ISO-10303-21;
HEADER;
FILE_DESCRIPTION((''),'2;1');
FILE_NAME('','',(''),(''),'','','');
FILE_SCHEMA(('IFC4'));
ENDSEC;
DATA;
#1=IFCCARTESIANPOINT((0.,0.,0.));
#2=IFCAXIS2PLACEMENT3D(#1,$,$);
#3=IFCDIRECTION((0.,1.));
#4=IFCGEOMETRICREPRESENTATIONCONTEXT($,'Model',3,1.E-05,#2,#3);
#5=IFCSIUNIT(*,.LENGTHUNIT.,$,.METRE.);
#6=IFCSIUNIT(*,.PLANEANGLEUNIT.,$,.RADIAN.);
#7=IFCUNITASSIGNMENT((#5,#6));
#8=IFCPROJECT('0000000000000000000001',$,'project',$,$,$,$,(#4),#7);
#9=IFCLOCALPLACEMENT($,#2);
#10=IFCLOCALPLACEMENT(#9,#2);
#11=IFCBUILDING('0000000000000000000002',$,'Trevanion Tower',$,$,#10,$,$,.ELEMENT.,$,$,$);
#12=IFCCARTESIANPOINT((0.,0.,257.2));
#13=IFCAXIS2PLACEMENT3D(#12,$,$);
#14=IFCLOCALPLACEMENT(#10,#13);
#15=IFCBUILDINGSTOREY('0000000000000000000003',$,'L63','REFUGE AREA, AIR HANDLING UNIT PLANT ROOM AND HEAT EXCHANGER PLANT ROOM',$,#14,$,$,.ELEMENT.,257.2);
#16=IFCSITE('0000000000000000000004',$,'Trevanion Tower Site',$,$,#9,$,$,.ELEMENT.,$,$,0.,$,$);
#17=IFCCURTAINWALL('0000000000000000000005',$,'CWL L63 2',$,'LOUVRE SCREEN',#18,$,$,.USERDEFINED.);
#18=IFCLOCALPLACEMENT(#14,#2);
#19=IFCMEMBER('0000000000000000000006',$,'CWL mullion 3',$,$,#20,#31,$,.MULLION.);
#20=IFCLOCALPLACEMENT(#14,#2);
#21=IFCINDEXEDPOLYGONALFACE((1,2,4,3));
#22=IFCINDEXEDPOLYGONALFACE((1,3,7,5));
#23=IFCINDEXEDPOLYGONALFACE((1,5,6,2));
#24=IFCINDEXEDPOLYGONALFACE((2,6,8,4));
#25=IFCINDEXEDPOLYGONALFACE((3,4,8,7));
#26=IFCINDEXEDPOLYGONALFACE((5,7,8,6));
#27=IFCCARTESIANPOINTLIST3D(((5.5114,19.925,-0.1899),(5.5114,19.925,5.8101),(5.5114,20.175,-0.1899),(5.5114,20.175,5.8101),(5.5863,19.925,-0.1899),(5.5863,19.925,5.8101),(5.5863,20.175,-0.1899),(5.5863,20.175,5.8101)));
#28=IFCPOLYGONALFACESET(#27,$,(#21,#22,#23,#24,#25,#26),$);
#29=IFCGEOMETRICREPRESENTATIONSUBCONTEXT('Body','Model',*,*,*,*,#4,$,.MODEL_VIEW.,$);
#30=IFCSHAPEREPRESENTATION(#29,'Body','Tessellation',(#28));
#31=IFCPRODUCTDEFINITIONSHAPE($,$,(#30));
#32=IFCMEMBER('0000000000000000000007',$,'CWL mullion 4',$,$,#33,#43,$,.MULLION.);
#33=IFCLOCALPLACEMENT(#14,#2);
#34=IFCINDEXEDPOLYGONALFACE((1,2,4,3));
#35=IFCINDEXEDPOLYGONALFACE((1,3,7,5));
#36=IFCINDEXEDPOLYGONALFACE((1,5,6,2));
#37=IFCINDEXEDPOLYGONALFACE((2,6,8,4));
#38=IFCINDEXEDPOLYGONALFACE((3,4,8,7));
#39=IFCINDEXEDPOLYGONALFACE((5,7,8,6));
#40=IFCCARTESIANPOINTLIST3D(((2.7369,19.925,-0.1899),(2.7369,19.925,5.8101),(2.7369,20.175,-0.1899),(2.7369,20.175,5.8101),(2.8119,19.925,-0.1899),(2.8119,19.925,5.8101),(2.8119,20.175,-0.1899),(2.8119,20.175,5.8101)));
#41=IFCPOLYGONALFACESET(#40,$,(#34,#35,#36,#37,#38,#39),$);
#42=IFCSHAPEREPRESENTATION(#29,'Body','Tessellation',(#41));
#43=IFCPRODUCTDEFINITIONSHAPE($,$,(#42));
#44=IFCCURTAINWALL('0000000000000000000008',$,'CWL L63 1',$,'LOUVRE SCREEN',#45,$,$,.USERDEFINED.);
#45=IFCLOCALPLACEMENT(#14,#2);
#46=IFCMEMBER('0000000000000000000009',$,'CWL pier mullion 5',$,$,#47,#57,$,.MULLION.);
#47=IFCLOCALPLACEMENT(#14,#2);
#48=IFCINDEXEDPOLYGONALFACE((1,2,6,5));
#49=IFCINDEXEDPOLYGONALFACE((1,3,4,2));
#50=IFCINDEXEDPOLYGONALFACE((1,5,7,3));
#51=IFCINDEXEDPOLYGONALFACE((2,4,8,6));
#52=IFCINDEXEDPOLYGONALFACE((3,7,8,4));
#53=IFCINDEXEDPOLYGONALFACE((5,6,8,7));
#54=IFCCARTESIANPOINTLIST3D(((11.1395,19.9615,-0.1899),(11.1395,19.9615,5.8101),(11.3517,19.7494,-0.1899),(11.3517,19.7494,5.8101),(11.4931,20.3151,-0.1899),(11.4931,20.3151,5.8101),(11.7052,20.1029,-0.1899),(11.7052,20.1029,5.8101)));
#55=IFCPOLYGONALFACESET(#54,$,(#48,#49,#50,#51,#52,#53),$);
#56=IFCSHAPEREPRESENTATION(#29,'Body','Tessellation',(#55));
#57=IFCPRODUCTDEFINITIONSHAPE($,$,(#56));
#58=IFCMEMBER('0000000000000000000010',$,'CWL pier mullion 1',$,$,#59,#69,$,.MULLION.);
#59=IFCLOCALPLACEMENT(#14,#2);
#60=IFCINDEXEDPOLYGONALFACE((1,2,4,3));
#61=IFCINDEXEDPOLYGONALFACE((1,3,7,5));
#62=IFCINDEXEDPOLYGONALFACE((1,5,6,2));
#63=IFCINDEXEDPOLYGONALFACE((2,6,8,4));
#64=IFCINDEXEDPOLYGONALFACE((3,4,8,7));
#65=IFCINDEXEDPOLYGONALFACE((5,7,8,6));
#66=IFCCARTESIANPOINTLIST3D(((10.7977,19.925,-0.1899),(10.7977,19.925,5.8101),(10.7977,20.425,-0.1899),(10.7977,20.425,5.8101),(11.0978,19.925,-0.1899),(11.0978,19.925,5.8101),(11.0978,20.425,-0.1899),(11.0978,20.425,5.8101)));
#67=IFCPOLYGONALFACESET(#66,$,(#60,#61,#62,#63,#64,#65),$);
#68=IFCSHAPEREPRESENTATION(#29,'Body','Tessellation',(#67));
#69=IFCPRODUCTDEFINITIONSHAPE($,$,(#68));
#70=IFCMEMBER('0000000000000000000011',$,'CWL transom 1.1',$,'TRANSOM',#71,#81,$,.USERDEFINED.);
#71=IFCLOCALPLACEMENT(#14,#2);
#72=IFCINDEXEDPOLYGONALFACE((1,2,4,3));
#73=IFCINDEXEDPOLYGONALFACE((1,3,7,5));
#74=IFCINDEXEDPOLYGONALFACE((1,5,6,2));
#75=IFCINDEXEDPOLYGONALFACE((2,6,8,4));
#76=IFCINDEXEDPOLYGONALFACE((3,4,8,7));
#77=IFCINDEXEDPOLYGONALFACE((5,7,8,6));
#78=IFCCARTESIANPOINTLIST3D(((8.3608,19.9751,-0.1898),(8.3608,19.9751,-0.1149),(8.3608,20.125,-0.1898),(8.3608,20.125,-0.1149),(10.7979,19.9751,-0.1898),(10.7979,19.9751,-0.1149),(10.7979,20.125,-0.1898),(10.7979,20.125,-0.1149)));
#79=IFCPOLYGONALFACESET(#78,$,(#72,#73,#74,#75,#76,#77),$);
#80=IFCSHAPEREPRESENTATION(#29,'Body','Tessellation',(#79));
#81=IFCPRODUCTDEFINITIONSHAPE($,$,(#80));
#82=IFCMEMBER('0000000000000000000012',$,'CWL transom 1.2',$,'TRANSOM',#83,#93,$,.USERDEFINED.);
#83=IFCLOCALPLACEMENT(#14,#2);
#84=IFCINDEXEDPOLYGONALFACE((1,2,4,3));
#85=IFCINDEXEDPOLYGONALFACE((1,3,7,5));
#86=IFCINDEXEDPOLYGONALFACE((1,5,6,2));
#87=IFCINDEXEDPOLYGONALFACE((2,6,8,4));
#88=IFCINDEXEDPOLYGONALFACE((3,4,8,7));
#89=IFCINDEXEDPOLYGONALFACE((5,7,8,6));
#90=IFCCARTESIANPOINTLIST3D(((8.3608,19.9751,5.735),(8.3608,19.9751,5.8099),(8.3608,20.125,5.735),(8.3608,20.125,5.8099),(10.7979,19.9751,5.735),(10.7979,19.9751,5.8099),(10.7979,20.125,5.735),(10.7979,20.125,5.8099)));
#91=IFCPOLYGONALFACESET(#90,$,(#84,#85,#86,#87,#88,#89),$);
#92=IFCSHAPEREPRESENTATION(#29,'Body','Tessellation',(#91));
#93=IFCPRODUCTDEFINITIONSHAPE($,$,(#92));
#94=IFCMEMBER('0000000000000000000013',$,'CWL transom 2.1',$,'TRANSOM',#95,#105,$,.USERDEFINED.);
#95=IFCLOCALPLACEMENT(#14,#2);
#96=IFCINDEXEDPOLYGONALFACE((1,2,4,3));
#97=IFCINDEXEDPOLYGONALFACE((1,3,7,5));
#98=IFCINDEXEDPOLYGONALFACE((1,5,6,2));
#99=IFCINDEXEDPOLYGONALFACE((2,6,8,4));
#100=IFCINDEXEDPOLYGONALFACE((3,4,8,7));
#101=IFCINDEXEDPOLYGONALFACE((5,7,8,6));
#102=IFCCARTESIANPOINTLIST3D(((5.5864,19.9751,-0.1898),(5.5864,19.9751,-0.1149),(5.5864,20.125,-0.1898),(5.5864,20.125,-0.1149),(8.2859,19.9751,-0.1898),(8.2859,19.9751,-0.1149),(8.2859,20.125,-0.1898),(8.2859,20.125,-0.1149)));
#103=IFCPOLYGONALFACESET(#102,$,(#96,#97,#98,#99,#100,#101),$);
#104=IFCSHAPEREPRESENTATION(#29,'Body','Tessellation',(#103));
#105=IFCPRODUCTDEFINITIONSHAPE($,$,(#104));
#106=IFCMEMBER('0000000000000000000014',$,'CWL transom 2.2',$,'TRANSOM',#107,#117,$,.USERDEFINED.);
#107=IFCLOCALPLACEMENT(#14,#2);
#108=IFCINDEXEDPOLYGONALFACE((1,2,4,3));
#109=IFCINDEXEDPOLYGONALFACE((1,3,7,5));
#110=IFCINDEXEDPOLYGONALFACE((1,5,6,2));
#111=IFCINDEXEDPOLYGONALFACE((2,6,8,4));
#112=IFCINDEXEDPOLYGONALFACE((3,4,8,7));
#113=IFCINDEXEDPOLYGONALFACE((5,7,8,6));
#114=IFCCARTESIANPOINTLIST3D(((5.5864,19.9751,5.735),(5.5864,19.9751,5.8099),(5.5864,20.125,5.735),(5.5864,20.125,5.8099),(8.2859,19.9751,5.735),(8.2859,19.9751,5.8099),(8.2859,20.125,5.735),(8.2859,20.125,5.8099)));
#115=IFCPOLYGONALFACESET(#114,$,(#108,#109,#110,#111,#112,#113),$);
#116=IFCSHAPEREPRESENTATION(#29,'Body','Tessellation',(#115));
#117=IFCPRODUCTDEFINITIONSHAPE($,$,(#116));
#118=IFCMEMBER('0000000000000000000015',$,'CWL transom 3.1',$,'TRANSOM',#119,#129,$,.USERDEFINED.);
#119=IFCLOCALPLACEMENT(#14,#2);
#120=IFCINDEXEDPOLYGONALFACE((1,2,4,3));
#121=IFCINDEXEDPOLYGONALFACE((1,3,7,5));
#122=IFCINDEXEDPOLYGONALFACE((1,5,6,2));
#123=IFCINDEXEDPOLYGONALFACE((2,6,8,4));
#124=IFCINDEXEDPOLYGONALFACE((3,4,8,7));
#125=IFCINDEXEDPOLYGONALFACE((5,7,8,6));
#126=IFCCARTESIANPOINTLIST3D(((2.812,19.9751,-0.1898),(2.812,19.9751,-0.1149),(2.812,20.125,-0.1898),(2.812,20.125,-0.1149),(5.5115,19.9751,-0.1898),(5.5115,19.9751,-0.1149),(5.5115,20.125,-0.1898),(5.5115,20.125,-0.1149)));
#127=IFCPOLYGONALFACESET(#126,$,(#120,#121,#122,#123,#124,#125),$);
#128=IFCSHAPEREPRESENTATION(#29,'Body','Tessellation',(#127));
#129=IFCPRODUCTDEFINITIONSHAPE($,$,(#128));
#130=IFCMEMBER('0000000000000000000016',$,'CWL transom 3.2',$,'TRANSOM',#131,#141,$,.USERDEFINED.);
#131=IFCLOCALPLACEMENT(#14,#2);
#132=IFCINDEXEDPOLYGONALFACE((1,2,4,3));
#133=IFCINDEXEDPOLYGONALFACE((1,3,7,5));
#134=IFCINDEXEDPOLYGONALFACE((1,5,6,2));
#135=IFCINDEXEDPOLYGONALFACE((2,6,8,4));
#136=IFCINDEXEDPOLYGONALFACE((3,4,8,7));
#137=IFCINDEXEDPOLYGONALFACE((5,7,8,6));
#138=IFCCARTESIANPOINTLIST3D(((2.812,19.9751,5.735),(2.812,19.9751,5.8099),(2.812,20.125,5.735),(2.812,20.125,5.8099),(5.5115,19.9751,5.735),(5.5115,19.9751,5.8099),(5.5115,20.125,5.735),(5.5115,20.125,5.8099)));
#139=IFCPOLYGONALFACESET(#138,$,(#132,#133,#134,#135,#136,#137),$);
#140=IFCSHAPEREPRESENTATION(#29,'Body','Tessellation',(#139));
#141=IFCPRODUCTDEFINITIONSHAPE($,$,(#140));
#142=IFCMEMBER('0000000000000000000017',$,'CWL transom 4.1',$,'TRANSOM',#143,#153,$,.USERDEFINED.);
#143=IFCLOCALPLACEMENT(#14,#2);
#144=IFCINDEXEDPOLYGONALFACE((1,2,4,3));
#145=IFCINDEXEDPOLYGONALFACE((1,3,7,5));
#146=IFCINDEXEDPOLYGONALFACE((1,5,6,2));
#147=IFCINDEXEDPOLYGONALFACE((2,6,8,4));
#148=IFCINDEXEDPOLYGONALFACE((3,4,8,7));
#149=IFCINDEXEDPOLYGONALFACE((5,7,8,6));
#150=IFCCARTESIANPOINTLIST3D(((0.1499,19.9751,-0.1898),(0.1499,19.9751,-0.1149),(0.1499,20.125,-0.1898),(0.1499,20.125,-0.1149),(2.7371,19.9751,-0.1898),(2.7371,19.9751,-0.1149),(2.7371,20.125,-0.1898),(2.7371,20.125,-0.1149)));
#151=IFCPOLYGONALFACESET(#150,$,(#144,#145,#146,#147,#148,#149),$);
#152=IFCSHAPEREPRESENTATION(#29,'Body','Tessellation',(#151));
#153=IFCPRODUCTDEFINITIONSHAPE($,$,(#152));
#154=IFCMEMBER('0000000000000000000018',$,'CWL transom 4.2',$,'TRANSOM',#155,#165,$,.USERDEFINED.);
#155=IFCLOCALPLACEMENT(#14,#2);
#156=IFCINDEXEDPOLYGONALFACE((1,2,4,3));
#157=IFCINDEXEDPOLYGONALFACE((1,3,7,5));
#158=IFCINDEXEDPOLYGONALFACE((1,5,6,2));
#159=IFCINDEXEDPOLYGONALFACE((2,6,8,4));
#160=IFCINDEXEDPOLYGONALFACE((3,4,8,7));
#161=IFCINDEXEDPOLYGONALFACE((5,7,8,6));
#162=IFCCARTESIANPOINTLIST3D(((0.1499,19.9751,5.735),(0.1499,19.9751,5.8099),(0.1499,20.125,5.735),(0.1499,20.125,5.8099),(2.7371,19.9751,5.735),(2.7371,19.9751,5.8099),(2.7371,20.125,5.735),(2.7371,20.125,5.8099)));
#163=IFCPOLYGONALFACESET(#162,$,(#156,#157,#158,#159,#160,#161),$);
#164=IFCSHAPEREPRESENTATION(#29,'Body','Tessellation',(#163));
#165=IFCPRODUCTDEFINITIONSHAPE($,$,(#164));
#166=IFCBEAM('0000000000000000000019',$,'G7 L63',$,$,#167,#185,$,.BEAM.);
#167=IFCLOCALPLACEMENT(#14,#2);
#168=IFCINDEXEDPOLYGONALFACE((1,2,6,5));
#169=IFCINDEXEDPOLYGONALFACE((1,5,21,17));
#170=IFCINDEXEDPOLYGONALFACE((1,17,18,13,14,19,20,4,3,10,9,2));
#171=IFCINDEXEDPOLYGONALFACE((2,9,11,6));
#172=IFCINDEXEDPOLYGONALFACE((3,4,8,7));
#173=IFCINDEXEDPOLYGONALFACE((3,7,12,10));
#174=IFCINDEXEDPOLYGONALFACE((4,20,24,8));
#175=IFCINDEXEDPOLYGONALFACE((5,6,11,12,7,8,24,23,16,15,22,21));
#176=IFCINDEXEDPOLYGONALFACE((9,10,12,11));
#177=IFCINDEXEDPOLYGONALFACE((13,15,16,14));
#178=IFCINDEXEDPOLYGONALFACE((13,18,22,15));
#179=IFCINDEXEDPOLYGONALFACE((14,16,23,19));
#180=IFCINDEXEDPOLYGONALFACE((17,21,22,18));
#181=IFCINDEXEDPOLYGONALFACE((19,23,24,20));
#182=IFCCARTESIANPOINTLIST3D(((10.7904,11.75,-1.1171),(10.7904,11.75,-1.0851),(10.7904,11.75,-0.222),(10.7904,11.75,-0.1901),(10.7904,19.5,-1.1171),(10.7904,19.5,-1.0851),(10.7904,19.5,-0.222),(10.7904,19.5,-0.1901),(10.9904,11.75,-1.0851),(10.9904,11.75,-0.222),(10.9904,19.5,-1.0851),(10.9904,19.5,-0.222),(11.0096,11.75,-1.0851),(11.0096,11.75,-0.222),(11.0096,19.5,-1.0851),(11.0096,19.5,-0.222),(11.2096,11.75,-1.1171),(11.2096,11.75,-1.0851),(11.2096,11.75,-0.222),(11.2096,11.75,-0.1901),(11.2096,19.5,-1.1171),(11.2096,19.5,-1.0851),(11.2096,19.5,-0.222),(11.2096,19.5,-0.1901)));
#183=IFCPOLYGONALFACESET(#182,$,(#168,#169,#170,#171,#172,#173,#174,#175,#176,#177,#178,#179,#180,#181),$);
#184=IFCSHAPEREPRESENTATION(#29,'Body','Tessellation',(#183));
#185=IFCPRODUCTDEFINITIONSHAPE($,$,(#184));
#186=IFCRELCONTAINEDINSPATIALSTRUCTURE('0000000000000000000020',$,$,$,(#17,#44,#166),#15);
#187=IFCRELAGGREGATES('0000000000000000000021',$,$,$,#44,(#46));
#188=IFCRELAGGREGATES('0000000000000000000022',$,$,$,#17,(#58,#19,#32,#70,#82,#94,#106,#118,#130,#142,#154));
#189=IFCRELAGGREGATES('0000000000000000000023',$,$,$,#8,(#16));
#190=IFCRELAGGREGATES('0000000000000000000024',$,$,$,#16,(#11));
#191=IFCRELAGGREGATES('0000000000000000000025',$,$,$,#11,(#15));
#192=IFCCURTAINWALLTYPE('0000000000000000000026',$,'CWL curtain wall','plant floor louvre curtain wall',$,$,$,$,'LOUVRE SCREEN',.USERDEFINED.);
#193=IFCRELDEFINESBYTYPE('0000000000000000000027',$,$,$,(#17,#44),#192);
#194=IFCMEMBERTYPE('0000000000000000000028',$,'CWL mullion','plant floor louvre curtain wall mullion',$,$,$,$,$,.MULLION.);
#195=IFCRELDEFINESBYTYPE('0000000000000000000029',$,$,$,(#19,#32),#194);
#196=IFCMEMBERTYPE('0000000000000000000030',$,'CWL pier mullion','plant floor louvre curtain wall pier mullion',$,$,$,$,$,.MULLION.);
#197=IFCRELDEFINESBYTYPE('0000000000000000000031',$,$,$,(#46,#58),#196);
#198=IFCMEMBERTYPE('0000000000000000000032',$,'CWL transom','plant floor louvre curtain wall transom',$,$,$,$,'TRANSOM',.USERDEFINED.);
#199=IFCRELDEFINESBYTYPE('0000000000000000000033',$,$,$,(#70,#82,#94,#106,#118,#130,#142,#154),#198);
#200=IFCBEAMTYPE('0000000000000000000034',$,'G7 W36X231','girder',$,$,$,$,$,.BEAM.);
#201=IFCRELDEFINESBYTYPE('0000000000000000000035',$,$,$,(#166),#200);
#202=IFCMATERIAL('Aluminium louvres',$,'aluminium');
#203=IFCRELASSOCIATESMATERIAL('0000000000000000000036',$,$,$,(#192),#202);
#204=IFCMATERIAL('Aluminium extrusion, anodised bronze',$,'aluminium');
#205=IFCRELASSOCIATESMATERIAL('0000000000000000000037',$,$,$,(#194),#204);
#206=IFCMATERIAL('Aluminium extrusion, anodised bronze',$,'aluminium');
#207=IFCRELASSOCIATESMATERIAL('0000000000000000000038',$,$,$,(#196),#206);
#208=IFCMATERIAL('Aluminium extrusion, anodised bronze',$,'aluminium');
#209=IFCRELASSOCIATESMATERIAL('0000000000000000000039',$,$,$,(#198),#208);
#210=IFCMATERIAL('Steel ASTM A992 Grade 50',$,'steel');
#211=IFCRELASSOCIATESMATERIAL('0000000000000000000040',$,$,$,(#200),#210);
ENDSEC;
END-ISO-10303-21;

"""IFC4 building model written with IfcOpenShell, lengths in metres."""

from ifc_helpers import new_model, si_unit, direction, frame, origin, origin_2d, place, context, subcontext, project, spatial, rectangle, i_section, extrude, material, material_profile, profile_set, type_object, element, aggregate, save


model = new_model("IFC4")

# Units and contexts
model_context = context("Model", 3, precision=1e-05, world=origin(), true_north=direction((0.0, 1.0)))
body_context = subcontext(model_context, "Body", "Model", "MODEL_VIEW")
ifc_project = project(units=[si_unit("LENGTHUNIT", "METRE"), si_unit("PLANEANGLEUNIT", "RADIAN")], contexts=[model_context])

# Site, building, storey
site_placement = place(None, origin())
site = spatial("IfcSite", under=ifc_project, at=site_placement, Name="Trevanion Tower Site", CompositionType="ELEMENT", RefElevation=0.0)
building_placement = place(site_placement, origin())
building = spatial("IfcBuilding", under=site, at=building_placement, Name="Trevanion Tower", CompositionType="ELEMENT")
storey_placement = place(building_placement, frame((0.0, 0.0, 257.2)))
storey = spatial("IfcBuildingStorey", under=building, at=storey_placement, Name="L63", Description="REFUGE AREA, AIR HANDLING UNIT PLANT ROOM AND HEAT EXCHANGER PLANT ROOM", CompositionType="ELEMENT", Elevation=257.2)

# Curtain wall, members
ifc_material_1 = material(Name="Aluminium louvres", Category="aluminium")
curtain_wall_type = type_object("IfcCurtainWallType", Name="CWL curtain wall", Description="plant floor louvre curtain wall", ElementType="LOUVRE SCREEN", PredefinedType="USERDEFINED", material=ifc_material_1)
curtain_wall_1_placement = place(storey_placement, origin())
curtain_wall_1 = element("IfcCurtainWall", 1, at=curtain_wall_1_placement, inside=storey, type_object=curtain_wall_type, Name="CWL L63 2", ObjectType="LOUVRE SCREEN", PredefinedType="USERDEFINED")
ifc_material_2 = material(Name="Aluminium extrusion, anodised bronze", Category="aluminium")
ifc_material_profile_1 = material_profile(ifc_material_2, rectangle(XDim=0.075, YDim=0.25, at=origin_2d()), Name="CWL mullion")
ifc_profile_set_1 = profile_set([ifc_material_profile_1], Name="Aluminium extrusion, anodised bronze")
member_type_1 = type_object("IfcMemberType", Name="CWL mullion", Description="plant floor louvre curtain wall mullion", PredefinedType="MULLION", material=ifc_profile_set_1)
member_1_placement = place(storey_placement, frame((5.5488, 20.05, -0.1899), z_axis=(0.0, 0.0, 1.0), x_axis=(-1.0, 0.0, 0.0)))
member_1 = element("IfcMember", 2, at=member_1_placement, type_object=member_type_1, Name="CWL mullion 3", PredefinedType="MULLION", context=body_context, shape_type="SweptSolid", body=[
    extrude(rectangle(XDim=0.075, YDim=0.25, at=origin_2d()), origin(), (0.0, 0.0, 1.0), 6.0),
])
member_2_placement = place(storey_placement, frame((2.7744, 20.05, -0.1899), z_axis=(0.0, 0.0, 1.0), x_axis=(-1.0, 0.0, 0.0)))
member_2 = element("IfcMember", 3, at=member_2_placement, type_object=member_type_1, Name="CWL mullion 4", PredefinedType="MULLION", context=body_context, shape_type="SweptSolid", body=[
    extrude(rectangle(XDim=0.075, YDim=0.25, at=origin_2d()), origin(), (0.0, 0.0, 1.0), 6.0),
])

# Curtain wall, member
curtain_wall_2_placement = place(storey_placement, origin())
curtain_wall_2 = element("IfcCurtainWall", 4, at=curtain_wall_2_placement, inside=storey, type_object=curtain_wall_type, Name="CWL L63 1", ObjectType="LOUVRE SCREEN", PredefinedType="USERDEFINED")
ifc_material_3 = material(Name="Aluminium extrusion, anodised bronze", Category="aluminium")
ifc_material_profile_2 = material_profile(ifc_material_3, rectangle(XDim=0.3, YDim=0.5, at=origin_2d()), Name="CWL pier mullion")
ifc_profile_set_2 = profile_set([ifc_material_profile_2], Name="Aluminium extrusion, anodised bronze")
member_type_2 = type_object("IfcMemberType", Name="CWL pier mullion", Description="plant floor louvre curtain wall pier mullion", PredefinedType="MULLION", material=ifc_profile_set_2)
member_3_placement = place(storey_placement, frame((11.4224, 20.0322, -0.1899), z_axis=(0.0, 0.0, 1.0), x_axis=(-0.707107, 0.707107, 0.0)))
member_3 = element("IfcMember", 5, at=member_3_placement, type_object=member_type_2, Name="CWL pier mullion 5", PredefinedType="MULLION", context=body_context, shape_type="SweptSolid", body=[
    extrude(rectangle(XDim=0.3, YDim=0.5, at=origin_2d()), origin(), (0.0, 0.0, 1.0), 6.0),
])
aggregate(curtain_wall_2, [member_3])

# Members
member_4_placement = place(storey_placement, frame((10.9478, 20.175, -0.1899), z_axis=(0.0, 0.0, 1.0), x_axis=(-1.0, 0.0, 0.0)))
member_4 = element("IfcMember", 6, at=member_4_placement, type_object=member_type_2, Name="CWL pier mullion 1", PredefinedType="MULLION", context=body_context, shape_type="SweptSolid", body=[
    extrude(rectangle(XDim=0.3, YDim=0.5, at=origin_2d()), origin(), (0.0, 0.0, 1.0), 6.0),
])
ifc_material_4 = material(Name="Aluminium extrusion, anodised bronze", Category="aluminium")
ifc_material_profile_3 = material_profile(ifc_material_4, rectangle(XDim=0.1499, YDim=0.075, at=origin_2d()), Name="CWL transom")
ifc_profile_set_3 = profile_set([ifc_material_profile_3], Name="Aluminium extrusion, anodised bronze")
member_type_3 = type_object("IfcMemberType", Name="CWL transom", Description="plant floor louvre curtain wall transom", ElementType="TRANSOM", PredefinedType="USERDEFINED", material=ifc_profile_set_3)
member_5_placement = place(storey_placement, frame((10.7979, 20.05, -0.1523), z_axis=(-1.0, 0.0, 0.0), x_axis=(0.0, -1.0, 0.0)))
member_5 = element("IfcMember", 7, at=member_5_placement, type_object=member_type_3, Name="CWL transom 1.1", ObjectType="TRANSOM", PredefinedType="USERDEFINED", context=body_context, shape_type="SweptSolid", body=[
    extrude(rectangle(XDim=0.1499, YDim=0.075, at=origin_2d()), origin(), (0.0, 0.0, 1.0), 2.437),
])
member_6_placement = place(storey_placement, frame((10.7979, 20.05, 5.7725), z_axis=(-1.0, 0.0, 0.0), x_axis=(0.0, -1.0, 0.0)))
member_6 = element("IfcMember", 8, at=member_6_placement, type_object=member_type_3, Name="CWL transom 1.2", ObjectType="TRANSOM", PredefinedType="USERDEFINED", context=body_context, shape_type="SweptSolid", body=[
    extrude(rectangle(XDim=0.1499, YDim=0.075, at=origin_2d()), origin(), (0.0, 0.0, 1.0), 2.437),
])
member_7_placement = place(storey_placement, frame((8.2859, 20.05, -0.1523), z_axis=(-1.0, 0.0, 0.0), x_axis=(0.0, -1.0, 0.0)))
member_7 = element("IfcMember", 9, at=member_7_placement, type_object=member_type_3, Name="CWL transom 2.1", ObjectType="TRANSOM", PredefinedType="USERDEFINED", context=body_context, shape_type="SweptSolid", body=[
    extrude(rectangle(XDim=0.1499, YDim=0.075, at=origin_2d()), origin(), (0.0, 0.0, 1.0), 2.6995),
])
member_8_placement = place(storey_placement, frame((8.2859, 20.05, 5.7725), z_axis=(-1.0, 0.0, 0.0), x_axis=(0.0, -1.0, 0.0)))
member_8 = element("IfcMember", 10, at=member_8_placement, type_object=member_type_3, Name="CWL transom 2.2", ObjectType="TRANSOM", PredefinedType="USERDEFINED", context=body_context, shape_type="SweptSolid", body=[
    extrude(rectangle(XDim=0.1499, YDim=0.075, at=origin_2d()), origin(), (0.0, 0.0, 1.0), 2.6995),
])
member_9_placement = place(storey_placement, frame((5.5115, 20.05, -0.1523), z_axis=(-1.0, 0.0, 0.0), x_axis=(0.0, -1.0, 0.0)))
member_9 = element("IfcMember", 11, at=member_9_placement, type_object=member_type_3, Name="CWL transom 3.1", ObjectType="TRANSOM", PredefinedType="USERDEFINED", context=body_context, shape_type="SweptSolid", body=[
    extrude(rectangle(XDim=0.1499, YDim=0.075, at=origin_2d()), origin(), (0.0, 0.0, 1.0), 2.6995),
])
member_10_placement = place(storey_placement, frame((5.5115, 20.05, 5.7725), z_axis=(-1.0, 0.0, 0.0), x_axis=(0.0, -1.0, 0.0)))
member_10 = element("IfcMember", 12, at=member_10_placement, type_object=member_type_3, Name="CWL transom 3.2", ObjectType="TRANSOM", PredefinedType="USERDEFINED", context=body_context, shape_type="SweptSolid", body=[
    extrude(rectangle(XDim=0.1499, YDim=0.075, at=origin_2d()), origin(), (0.0, 0.0, 1.0), 2.6995),
])
member_11_placement = place(storey_placement, frame((2.7371, 20.05, -0.1523), z_axis=(-1.0, 0.0, 0.0), x_axis=(0.0, -1.0, 0.0)))
member_11 = element("IfcMember", 13, at=member_11_placement, type_object=member_type_3, Name="CWL transom 4.1", ObjectType="TRANSOM", PredefinedType="USERDEFINED", context=body_context, shape_type="SweptSolid", body=[
    extrude(rectangle(XDim=0.1499, YDim=0.075, at=origin_2d()), origin(), (0.0, 0.0, 1.0), 2.5872),
])
member_12_placement = place(storey_placement, frame((2.7371, 20.05, 5.7725), z_axis=(-1.0, 0.0, 0.0), x_axis=(0.0, -1.0, 0.0)))
member_12 = element("IfcMember", 14, at=member_12_placement, type_object=member_type_3, Name="CWL transom 4.2", ObjectType="TRANSOM", PredefinedType="USERDEFINED", context=body_context, shape_type="SweptSolid", body=[
    extrude(rectangle(XDim=0.1499, YDim=0.075, at=origin_2d()), origin(), (0.0, 0.0, 1.0), 2.5872),
])

# Beam
ifc_material_5 = material(Name="Steel ASTM A992 Grade 50", Category="steel")
ifc_material_profile_4 = material_profile(ifc_material_5, i_section(OverallWidth=0.4192, OverallDepth=0.927, WebThickness=0.0193, FlangeThickness=0.032, at=origin_2d()), Name="W36X231")
ifc_profile_set_4 = profile_set([ifc_material_profile_4], Name="Steel ASTM A992 Grade 50")
beam_type_1 = type_object("IfcBeamType", Name="G7 W36X231", Description="girder", PredefinedType="BEAM", material=ifc_profile_set_4)
beam_1_placement = place(storey_placement, frame((11.0, 11.75, -0.6536), z_axis=(0.0, 1.0, 0.0), x_axis=(-1.0, 0.0, 0.0)))
element("IfcBeam", 15, at=beam_1_placement, inside=storey, type_object=beam_type_1, Name="G7 L63", PredefinedType="BEAM", context=body_context, shape_type="SweptSolid", body=[
    extrude(i_section(OverallWidth=0.4192, OverallDepth=0.927, WebThickness=0.0193, FlangeThickness=0.032, at=origin_2d()), origin(), (0.0, 0.0, 1.0), 7.75),
])

aggregate(curtain_wall_1, [member_4, member_1, member_2, member_5, member_6, member_7, member_8, member_9, member_10, member_11, member_12])

save(model, "model.ifc")
